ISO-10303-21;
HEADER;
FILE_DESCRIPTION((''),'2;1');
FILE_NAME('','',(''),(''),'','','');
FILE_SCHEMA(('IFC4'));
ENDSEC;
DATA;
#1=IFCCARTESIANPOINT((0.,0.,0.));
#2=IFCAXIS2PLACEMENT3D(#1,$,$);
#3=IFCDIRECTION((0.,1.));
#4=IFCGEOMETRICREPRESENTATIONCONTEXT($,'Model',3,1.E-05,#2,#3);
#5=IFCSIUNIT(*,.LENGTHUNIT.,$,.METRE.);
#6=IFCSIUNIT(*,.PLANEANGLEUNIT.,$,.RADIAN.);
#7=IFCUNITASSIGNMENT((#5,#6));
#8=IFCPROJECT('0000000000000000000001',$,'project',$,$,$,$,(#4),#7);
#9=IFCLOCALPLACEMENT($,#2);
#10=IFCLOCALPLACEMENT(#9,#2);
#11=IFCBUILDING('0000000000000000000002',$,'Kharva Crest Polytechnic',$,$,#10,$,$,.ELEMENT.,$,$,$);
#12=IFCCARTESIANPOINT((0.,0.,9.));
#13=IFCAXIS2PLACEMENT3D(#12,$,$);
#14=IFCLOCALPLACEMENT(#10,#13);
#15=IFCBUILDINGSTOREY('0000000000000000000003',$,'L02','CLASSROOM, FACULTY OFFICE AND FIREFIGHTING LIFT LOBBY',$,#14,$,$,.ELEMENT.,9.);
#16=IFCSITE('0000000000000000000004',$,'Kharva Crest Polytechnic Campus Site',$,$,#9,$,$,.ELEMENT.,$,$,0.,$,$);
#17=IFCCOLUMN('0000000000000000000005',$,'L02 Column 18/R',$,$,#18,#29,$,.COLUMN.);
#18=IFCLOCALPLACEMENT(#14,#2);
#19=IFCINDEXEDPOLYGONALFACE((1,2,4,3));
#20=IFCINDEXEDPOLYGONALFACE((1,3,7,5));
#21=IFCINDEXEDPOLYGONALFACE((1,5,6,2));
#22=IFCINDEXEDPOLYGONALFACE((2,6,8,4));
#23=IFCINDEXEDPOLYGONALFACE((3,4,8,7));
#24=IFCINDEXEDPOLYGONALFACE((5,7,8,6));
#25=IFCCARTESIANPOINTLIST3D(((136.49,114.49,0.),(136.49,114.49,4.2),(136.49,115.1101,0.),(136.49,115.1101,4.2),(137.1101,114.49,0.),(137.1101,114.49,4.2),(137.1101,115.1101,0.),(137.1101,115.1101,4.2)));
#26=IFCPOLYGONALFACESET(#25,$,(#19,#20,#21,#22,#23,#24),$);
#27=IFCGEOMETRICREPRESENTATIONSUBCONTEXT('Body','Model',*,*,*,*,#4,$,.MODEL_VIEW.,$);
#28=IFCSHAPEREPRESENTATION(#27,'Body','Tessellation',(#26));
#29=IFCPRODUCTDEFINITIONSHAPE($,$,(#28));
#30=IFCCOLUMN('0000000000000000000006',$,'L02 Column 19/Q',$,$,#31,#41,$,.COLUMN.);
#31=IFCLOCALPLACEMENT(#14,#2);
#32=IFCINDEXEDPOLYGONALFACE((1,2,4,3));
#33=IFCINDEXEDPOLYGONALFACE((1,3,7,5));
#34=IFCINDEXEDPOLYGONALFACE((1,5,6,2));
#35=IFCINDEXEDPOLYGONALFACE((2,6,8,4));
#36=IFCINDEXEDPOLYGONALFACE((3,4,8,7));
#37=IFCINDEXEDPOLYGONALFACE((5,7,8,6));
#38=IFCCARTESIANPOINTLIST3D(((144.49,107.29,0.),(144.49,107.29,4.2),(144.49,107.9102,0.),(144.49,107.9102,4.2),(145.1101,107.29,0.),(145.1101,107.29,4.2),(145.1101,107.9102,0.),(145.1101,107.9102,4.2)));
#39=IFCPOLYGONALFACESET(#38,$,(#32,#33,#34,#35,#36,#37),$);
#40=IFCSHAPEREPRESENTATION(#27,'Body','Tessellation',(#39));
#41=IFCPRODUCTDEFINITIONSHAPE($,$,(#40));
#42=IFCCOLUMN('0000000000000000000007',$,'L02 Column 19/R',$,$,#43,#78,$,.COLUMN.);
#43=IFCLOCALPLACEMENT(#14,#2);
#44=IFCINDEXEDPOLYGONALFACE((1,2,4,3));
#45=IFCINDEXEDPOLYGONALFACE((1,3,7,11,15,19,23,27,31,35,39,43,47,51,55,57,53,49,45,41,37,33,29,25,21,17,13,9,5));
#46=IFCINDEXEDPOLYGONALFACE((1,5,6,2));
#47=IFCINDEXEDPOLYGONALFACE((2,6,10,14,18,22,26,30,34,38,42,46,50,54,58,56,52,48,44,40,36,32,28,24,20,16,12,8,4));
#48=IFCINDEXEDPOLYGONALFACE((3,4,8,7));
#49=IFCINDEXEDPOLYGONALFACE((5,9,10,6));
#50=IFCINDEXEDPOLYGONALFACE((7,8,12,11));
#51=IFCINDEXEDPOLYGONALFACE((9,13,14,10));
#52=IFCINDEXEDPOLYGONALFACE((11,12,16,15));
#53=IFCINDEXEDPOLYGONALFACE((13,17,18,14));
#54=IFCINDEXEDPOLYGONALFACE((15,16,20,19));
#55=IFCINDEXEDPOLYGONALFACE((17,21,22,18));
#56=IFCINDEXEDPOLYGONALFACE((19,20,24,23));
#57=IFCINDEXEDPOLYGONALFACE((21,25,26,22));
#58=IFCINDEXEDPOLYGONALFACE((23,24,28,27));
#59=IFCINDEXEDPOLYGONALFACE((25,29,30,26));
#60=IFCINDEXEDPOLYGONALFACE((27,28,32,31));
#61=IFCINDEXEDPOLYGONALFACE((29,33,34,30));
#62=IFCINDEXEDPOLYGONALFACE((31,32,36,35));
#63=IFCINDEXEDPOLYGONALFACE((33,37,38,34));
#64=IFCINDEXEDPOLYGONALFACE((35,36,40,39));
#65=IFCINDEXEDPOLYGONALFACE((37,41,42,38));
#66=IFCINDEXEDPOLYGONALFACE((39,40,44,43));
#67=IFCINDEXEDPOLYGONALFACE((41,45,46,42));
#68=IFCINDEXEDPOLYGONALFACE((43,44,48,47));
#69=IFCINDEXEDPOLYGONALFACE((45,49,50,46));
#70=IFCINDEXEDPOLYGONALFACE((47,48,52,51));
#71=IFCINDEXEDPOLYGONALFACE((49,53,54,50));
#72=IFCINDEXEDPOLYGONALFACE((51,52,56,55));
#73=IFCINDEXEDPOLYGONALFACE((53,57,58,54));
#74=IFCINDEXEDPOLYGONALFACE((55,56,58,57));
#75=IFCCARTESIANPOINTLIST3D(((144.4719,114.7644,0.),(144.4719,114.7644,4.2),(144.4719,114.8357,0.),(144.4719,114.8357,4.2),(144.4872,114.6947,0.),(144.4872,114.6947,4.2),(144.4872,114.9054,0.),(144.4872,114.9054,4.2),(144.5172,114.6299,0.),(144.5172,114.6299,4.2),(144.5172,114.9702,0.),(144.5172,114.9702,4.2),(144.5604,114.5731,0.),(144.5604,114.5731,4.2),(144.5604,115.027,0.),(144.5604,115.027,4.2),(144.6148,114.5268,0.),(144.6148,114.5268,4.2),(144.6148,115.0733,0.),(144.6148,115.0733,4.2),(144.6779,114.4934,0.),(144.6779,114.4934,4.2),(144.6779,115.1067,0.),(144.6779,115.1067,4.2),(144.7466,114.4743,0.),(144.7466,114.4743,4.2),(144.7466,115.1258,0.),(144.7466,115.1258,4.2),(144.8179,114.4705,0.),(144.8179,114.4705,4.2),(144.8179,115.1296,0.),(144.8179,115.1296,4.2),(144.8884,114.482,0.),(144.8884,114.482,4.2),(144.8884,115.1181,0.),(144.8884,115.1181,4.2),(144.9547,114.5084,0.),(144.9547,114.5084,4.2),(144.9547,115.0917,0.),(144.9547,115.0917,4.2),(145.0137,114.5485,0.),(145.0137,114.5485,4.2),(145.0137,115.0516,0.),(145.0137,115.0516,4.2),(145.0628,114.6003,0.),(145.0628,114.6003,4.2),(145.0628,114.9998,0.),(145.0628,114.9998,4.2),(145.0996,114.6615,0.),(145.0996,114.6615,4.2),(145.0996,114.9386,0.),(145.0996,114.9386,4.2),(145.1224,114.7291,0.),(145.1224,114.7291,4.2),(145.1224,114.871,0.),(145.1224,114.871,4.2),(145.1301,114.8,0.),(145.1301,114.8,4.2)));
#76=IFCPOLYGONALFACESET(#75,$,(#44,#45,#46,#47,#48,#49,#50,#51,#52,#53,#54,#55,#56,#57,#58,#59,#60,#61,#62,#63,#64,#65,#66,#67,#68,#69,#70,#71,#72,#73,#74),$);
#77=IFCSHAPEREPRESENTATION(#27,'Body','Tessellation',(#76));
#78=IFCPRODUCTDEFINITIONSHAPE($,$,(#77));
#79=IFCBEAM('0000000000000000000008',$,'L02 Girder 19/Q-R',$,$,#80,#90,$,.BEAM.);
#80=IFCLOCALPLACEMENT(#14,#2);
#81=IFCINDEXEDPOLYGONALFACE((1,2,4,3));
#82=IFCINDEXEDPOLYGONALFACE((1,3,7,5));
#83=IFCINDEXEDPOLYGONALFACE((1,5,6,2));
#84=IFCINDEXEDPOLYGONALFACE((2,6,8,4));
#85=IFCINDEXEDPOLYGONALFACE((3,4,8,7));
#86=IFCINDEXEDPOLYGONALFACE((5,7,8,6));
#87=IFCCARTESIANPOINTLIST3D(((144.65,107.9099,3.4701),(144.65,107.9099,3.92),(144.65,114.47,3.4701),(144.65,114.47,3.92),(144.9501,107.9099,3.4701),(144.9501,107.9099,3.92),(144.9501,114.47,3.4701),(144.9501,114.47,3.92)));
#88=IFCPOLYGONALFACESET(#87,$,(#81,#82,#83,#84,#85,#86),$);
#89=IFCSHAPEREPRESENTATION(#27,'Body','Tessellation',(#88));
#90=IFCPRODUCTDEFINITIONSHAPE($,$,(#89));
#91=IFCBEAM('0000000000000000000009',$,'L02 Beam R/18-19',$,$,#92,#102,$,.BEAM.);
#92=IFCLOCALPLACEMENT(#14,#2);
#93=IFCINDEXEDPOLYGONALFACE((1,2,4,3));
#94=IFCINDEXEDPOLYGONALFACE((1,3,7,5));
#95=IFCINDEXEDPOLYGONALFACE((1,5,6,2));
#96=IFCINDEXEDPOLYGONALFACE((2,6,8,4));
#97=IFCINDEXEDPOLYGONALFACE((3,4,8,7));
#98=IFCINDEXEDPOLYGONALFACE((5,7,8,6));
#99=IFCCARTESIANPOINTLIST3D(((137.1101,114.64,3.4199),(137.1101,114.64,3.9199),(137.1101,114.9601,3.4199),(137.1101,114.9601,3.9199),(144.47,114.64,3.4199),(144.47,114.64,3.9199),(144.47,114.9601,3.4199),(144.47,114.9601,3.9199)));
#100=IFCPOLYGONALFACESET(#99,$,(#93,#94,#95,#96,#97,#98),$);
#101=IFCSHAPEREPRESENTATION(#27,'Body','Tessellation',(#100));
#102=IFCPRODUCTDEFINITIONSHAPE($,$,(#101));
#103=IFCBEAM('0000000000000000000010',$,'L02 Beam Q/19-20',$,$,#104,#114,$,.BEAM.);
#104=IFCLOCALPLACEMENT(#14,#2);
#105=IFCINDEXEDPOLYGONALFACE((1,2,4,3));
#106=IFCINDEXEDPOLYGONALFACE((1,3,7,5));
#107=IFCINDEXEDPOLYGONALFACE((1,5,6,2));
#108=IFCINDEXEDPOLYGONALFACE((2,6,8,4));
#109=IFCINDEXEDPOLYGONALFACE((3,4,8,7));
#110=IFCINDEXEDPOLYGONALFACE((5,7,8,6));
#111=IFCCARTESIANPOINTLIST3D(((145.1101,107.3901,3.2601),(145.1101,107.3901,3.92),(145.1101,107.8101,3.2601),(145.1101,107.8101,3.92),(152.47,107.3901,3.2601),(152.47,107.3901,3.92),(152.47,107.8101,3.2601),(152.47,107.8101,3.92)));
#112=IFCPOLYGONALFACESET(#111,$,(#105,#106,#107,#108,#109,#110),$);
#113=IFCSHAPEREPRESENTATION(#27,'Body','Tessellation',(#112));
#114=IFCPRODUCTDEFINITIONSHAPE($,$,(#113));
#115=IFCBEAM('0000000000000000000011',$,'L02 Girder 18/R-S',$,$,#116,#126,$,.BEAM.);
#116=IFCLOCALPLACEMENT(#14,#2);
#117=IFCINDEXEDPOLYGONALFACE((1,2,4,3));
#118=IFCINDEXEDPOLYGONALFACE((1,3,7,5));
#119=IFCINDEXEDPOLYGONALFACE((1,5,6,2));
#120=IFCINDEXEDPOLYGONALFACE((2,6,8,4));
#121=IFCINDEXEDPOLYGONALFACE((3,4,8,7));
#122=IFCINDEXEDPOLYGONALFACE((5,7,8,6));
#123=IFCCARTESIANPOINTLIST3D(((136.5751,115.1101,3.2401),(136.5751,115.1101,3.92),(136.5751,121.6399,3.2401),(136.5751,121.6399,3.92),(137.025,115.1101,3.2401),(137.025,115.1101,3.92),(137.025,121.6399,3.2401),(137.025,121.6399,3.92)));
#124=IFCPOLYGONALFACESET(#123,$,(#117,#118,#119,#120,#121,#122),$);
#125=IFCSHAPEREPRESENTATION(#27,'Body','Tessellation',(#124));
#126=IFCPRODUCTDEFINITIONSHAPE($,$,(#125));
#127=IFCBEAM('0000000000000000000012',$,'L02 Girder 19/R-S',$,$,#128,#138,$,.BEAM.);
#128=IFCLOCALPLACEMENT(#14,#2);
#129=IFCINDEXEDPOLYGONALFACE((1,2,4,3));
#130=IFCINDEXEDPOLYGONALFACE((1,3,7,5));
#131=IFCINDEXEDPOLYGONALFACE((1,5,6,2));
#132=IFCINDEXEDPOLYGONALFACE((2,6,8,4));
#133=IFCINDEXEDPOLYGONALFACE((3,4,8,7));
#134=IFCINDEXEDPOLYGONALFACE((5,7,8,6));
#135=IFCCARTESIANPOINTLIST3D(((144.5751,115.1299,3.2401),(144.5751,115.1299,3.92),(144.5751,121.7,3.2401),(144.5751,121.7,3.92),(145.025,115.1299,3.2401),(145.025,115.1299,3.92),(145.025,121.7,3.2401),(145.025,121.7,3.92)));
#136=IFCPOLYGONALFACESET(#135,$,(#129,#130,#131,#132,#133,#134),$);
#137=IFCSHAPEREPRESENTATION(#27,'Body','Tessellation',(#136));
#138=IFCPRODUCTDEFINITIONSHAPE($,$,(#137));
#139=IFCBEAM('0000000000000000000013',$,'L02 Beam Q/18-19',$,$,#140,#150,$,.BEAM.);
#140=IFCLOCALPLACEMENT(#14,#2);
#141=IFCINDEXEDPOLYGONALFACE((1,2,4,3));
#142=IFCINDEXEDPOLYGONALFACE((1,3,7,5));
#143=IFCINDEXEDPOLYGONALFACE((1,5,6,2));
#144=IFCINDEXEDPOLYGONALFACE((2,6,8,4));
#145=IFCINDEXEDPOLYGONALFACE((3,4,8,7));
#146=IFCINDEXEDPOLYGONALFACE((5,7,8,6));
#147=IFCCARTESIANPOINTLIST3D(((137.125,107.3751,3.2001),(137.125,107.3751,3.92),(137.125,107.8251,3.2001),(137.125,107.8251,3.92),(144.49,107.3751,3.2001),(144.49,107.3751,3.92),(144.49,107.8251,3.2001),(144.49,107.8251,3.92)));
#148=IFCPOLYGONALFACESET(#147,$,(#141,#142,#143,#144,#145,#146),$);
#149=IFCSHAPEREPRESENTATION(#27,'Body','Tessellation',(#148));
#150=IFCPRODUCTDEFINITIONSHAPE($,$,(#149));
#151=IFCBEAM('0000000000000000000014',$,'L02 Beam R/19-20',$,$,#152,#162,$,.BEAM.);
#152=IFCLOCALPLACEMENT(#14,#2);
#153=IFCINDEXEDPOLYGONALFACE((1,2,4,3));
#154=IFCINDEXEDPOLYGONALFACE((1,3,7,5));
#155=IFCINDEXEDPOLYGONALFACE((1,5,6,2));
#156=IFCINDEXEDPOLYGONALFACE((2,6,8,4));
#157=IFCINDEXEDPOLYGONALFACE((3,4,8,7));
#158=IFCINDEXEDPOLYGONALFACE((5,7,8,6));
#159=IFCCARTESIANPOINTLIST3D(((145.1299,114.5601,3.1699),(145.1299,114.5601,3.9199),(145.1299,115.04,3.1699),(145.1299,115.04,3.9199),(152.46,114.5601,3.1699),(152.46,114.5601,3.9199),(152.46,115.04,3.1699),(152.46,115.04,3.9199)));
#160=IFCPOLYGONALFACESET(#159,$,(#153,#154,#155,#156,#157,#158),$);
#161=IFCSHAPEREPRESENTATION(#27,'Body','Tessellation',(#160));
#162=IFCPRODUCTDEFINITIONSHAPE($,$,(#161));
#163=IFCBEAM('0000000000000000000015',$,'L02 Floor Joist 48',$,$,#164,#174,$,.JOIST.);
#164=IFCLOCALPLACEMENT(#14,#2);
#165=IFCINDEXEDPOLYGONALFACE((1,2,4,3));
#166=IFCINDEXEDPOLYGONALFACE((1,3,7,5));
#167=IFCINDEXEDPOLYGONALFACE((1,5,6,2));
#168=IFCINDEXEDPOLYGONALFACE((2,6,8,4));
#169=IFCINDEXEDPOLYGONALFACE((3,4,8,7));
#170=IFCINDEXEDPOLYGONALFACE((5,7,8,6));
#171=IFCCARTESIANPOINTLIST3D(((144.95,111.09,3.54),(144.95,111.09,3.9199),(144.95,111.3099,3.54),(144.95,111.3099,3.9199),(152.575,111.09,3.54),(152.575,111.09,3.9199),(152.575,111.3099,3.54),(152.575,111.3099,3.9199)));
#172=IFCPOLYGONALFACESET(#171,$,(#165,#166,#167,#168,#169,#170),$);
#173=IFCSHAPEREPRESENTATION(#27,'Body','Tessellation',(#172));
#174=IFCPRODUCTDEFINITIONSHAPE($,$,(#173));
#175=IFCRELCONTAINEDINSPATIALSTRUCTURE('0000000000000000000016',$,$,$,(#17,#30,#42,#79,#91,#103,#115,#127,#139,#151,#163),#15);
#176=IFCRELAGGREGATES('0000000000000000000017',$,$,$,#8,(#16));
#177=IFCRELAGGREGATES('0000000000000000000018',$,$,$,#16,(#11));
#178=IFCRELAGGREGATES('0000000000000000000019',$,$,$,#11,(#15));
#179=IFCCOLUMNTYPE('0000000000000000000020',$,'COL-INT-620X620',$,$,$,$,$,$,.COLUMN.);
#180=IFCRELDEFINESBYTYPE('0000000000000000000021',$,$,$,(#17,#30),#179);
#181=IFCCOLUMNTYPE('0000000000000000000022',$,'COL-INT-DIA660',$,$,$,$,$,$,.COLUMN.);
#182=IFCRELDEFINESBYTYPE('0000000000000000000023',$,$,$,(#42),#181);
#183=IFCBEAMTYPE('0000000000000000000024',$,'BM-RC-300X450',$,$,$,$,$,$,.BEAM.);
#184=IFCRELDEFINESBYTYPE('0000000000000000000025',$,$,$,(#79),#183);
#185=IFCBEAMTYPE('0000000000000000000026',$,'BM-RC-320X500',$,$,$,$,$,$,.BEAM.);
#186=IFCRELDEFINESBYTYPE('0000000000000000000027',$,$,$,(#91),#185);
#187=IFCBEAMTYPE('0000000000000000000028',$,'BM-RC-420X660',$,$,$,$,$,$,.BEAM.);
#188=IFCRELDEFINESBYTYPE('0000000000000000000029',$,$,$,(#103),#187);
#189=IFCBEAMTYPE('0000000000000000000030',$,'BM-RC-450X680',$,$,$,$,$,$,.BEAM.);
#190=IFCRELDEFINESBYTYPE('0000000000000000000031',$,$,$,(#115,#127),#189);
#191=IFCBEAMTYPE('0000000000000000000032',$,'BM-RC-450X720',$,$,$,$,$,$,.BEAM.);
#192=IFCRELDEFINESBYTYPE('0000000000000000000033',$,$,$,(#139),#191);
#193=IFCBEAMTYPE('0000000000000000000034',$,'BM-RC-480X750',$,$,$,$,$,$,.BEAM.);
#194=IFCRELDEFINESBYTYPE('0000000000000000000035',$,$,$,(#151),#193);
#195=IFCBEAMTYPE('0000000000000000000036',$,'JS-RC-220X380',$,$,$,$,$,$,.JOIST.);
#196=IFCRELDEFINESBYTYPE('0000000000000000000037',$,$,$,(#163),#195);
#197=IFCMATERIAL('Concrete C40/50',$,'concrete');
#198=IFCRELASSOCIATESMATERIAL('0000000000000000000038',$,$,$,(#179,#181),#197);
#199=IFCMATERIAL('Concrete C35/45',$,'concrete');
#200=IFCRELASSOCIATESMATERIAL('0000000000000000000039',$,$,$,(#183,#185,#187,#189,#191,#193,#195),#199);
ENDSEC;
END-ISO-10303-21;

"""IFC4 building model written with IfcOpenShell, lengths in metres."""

from ifc_helpers import new_model, si_unit, direction, frame, origin, origin_2d, place, context, subcontext, project, spatial, rectangle, circle, extrude, material, material_profile, profile_set, type_object, element, save


model = new_model("IFC4")

# Units and contexts
model_context = context("Model", 3, precision=1e-05, world=origin(), true_north=direction((0.0, 1.0)))
body_context = subcontext(model_context, "Body", "Model", "MODEL_VIEW")
ifc_project = project(units=[si_unit("LENGTHUNIT", "METRE"), si_unit("PLANEANGLEUNIT", "RADIAN")], contexts=[model_context])

# Site, building, storey
site_placement = place(None, origin())
site = spatial("IfcSite", under=ifc_project, at=site_placement, Name="Kharva Crest Polytechnic Campus Site", CompositionType="ELEMENT", RefElevation=0.0)
building_placement = place(site_placement, origin())
building = spatial("IfcBuilding", under=site, at=building_placement, Name="Kharva Crest Polytechnic", CompositionType="ELEMENT")
storey_placement = place(building_placement, frame((0.0, 0.0, 9.0)))
storey = spatial("IfcBuildingStorey", under=building, at=storey_placement, Name="L02", Description="CLASSROOM, FACULTY OFFICE AND FIREFIGHTING LIFT LOBBY", CompositionType="ELEMENT", Elevation=9.0)

# Columns
ifc_material_1 = material(Name="Concrete C40/50", Category="concrete")
ifc_material_profile_1 = material_profile(ifc_material_1, rectangle(XDim=0.6201, YDim=0.6201, at=origin_2d()), Name="RECT 620 X 620")
ifc_profile_set_1 = profile_set([ifc_material_profile_1], Name="Concrete C40/50")
column_type_1 = type_object("IfcColumnType", Name="COL-INT-620X620", PredefinedType="COLUMN", material=ifc_profile_set_1)
for number, where, z_axis, x_axis, name in (
    (1, (136.8, 114.8, 0.0), (0.0, 0.0, 1.0), (1.0, 0.0, 0.0), "L02 Column 18/R"),
    (2, (144.8, 107.6001, 0.0), (0.0, 0.0, 1.0), (1.0, 0.0, 0.0), "L02 Column 19/Q"),
):
    element("IfcColumn", number, at=place(storey_placement, frame(where, z_axis=z_axis, x_axis=x_axis)), inside=storey, type_object=column_type_1, Name=name, PredefinedType="COLUMN", context=body_context, shape_type="SweptSolid", body=[
        extrude(rectangle(XDim=0.6201, YDim=0.6201, at=origin_2d()), origin(), (0.0, 0.0, 1.0), 4.2),
    ])
ifc_material_profile_2 = material_profile(ifc_material_1, circle(Radius=0.3301, at=origin_2d()), Name="DIA 660")
ifc_profile_set_2 = profile_set([ifc_material_profile_2], Name="Concrete C40/50")
column_type_2 = type_object("IfcColumnType", Name="COL-INT-DIA660", PredefinedType="COLUMN", material=ifc_profile_set_2)
column_placement = place(storey_placement, frame((144.8, 114.8, 0.0), z_axis=(0.0, 0.0, 1.0), x_axis=(1.0, 0.0, 0.0)))
element("IfcColumn", 3, at=column_placement, inside=storey, type_object=column_type_2, Name="L02 Column 19/R", PredefinedType="COLUMN", context=body_context, shape_type="SweptSolid", body=[
    extrude(circle(Radius=0.3301, at=origin_2d()), origin(), (0.0, 0.0, 1.0), 4.2),
])

# Beams
ifc_material_2 = material(Name="Concrete C35/45", Category="concrete")
ifc_material_profile_3 = material_profile(ifc_material_2, rectangle(XDim=0.3, YDim=0.45, at=origin_2d()), Name="RECT 300 X 450")
ifc_profile_set_3 = profile_set([ifc_material_profile_3], Name="Concrete C35/45")
beam_type_1 = type_object("IfcBeamType", Name="BM-RC-300X450", PredefinedType="BEAM", material=ifc_profile_set_3)
beam_1_placement = place(storey_placement, frame((144.8, 107.9099, 3.6951), z_axis=(0.0, 1.0, 0.0), x_axis=(-1.0, 0.0, 0.0)))
element("IfcBeam", 4, at=beam_1_placement, inside=storey, type_object=beam_type_1, Name="L02 Girder 19/Q-R", PredefinedType="BEAM", context=body_context, shape_type="SweptSolid", body=[
    extrude(rectangle(XDim=0.3, YDim=0.45, at=origin_2d()), origin(), (0.0, 0.0, 1.0), 6.5601),
])
ifc_material_profile_4 = material_profile(ifc_material_2, rectangle(XDim=0.3201, YDim=0.5, at=origin_2d()), Name="RECT 320 X 500")
ifc_profile_set_4 = profile_set([ifc_material_profile_4], Name="Concrete C35/45")
beam_type_2 = type_object("IfcBeamType", Name="BM-RC-320X500", PredefinedType="BEAM", material=ifc_profile_set_4)
beam_2_placement = place(storey_placement, frame((137.1101, 114.8, 3.6699), z_axis=(1.0, 0.0, 0.0), x_axis=(0.0, 1.0, 0.0)))
element("IfcBeam", 5, at=beam_2_placement, inside=storey, type_object=beam_type_2, Name="L02 Beam R/18-19", PredefinedType="BEAM", context=body_context, shape_type="SweptSolid", body=[
    extrude(rectangle(XDim=0.3201, YDim=0.5, at=origin_2d()), origin(), (0.0, 0.0, 1.0), 7.3599),
])
ifc_material_profile_5 = material_profile(ifc_material_2, rectangle(XDim=0.4199, YDim=0.6599, at=origin_2d()), Name="RECT 420 X 660")
ifc_profile_set_5 = profile_set([ifc_material_profile_5], Name="Concrete C35/45")
beam_type_3 = type_object("IfcBeamType", Name="BM-RC-420X660", PredefinedType="BEAM", material=ifc_profile_set_5)
beam_3_placement = place(storey_placement, frame((145.1101, 107.6001, 3.5901), z_axis=(1.0, 0.0, 0.0), x_axis=(0.0, 1.0, 0.0)))
element("IfcBeam", 6, at=beam_3_placement, inside=storey, type_object=beam_type_3, Name="L02 Beam Q/19-20", PredefinedType="BEAM", context=body_context, shape_type="SweptSolid", body=[
    extrude(rectangle(XDim=0.4199, YDim=0.6599, at=origin_2d()), origin(), (0.0, 0.0, 1.0), 7.3599),
])
ifc_material_profile_6 = material_profile(ifc_material_2, rectangle(XDim=0.45, YDim=0.6799, at=origin_2d()), Name="RECT 450 X 680")
ifc_profile_set_6 = profile_set([ifc_material_profile_6], Name="Concrete C35/45")
beam_type_4 = type_object("IfcBeamType", Name="BM-RC-450X680", PredefinedType="BEAM", material=ifc_profile_set_6)
beam_4_placement = place(storey_placement, frame((136.8, 115.1101, 3.5801), z_axis=(0.0, 1.0, 0.0), x_axis=(-1.0, 0.0, 0.0)))
element("IfcBeam", 7, at=beam_4_placement, inside=storey, type_object=beam_type_4, Name="L02 Girder 18/R-S", PredefinedType="BEAM", context=body_context, shape_type="SweptSolid", body=[
    extrude(rectangle(XDim=0.45, YDim=0.6799, at=origin_2d()), origin(), (0.0, 0.0, 1.0), 6.5298),
])
beam_5_placement = place(storey_placement, frame((144.8, 115.1299, 3.5801), z_axis=(0.0, 1.0, 0.0), x_axis=(-1.0, 0.0, 0.0)))
element("IfcBeam", 8, at=beam_5_placement, inside=storey, type_object=beam_type_4, Name="L02 Girder 19/R-S", PredefinedType="BEAM", context=body_context, shape_type="SweptSolid", body=[
    extrude(rectangle(XDim=0.45, YDim=0.6799, at=origin_2d()), origin(), (0.0, 0.0, 1.0), 6.5701),
])
ifc_material_profile_7 = material_profile(ifc_material_2, rectangle(XDim=0.45, YDim=0.72, at=origin_2d()), Name="RECT 450 X 720")
ifc_profile_set_7 = profile_set([ifc_material_profile_7], Name="Concrete C35/45")
beam_type_5 = type_object("IfcBeamType", Name="BM-RC-450X720", PredefinedType="BEAM", material=ifc_profile_set_7)
beam_6_placement = place(storey_placement, frame((137.125, 107.6001, 3.5601), z_axis=(1.0, 0.0, 0.0), x_axis=(0.0, 1.0, 0.0)))
element("IfcBeam", 9, at=beam_6_placement, inside=storey, type_object=beam_type_5, Name="L02 Beam Q/18-19", PredefinedType="BEAM", context=body_context, shape_type="SweptSolid", body=[
    extrude(rectangle(XDim=0.45, YDim=0.72, at=origin_2d()), origin(), (0.0, 0.0, 1.0), 7.365),
])
ifc_material_profile_8 = material_profile(ifc_material_2, rectangle(XDim=0.48, YDim=0.75, at=origin_2d()), Name="RECT 480 X 750")
ifc_profile_set_8 = profile_set([ifc_material_profile_8], Name="Concrete C35/45")
beam_type_6 = type_object("IfcBeamType", Name="BM-RC-480X750", PredefinedType="BEAM", material=ifc_profile_set_8)
beam_7_placement = place(storey_placement, frame((145.1299, 114.8, 3.5449), z_axis=(1.0, 0.0, 0.0), x_axis=(0.0, 1.0, 0.0)))
element("IfcBeam", 10, at=beam_7_placement, inside=storey, type_object=beam_type_6, Name="L02 Beam R/19-20", PredefinedType="BEAM", context=body_context, shape_type="SweptSolid", body=[
    extrude(rectangle(XDim=0.48, YDim=0.75, at=origin_2d()), origin(), (0.0, 0.0, 1.0), 7.3301),
])
ifc_material_profile_9 = material_profile(ifc_material_2, rectangle(XDim=0.22, YDim=0.3799, at=origin_2d()), Name="RECT 220 X 380")
ifc_profile_set_9 = profile_set([ifc_material_profile_9], Name="Concrete C35/45")
beam_type_7 = type_object("IfcBeamType", Name="JS-RC-220X380", PredefinedType="JOIST", material=ifc_profile_set_9)
beam_8_placement = place(storey_placement, frame((144.95, 111.2, 3.73), z_axis=(1.0, 0.0, 0.0), x_axis=(0.0, 1.0, 0.0)))
element("IfcBeam", 11, at=beam_8_placement, inside=storey, type_object=beam_type_7, Name="L02 Floor Joist 48", PredefinedType="JOIST", context=body_context, shape_type="SweptSolid", body=[
    extrude(rectangle(XDim=0.22, YDim=0.3799, at=origin_2d()), origin(), (0.0, 0.0, 1.0), 7.625),
])

save(model, "model.ifc")
